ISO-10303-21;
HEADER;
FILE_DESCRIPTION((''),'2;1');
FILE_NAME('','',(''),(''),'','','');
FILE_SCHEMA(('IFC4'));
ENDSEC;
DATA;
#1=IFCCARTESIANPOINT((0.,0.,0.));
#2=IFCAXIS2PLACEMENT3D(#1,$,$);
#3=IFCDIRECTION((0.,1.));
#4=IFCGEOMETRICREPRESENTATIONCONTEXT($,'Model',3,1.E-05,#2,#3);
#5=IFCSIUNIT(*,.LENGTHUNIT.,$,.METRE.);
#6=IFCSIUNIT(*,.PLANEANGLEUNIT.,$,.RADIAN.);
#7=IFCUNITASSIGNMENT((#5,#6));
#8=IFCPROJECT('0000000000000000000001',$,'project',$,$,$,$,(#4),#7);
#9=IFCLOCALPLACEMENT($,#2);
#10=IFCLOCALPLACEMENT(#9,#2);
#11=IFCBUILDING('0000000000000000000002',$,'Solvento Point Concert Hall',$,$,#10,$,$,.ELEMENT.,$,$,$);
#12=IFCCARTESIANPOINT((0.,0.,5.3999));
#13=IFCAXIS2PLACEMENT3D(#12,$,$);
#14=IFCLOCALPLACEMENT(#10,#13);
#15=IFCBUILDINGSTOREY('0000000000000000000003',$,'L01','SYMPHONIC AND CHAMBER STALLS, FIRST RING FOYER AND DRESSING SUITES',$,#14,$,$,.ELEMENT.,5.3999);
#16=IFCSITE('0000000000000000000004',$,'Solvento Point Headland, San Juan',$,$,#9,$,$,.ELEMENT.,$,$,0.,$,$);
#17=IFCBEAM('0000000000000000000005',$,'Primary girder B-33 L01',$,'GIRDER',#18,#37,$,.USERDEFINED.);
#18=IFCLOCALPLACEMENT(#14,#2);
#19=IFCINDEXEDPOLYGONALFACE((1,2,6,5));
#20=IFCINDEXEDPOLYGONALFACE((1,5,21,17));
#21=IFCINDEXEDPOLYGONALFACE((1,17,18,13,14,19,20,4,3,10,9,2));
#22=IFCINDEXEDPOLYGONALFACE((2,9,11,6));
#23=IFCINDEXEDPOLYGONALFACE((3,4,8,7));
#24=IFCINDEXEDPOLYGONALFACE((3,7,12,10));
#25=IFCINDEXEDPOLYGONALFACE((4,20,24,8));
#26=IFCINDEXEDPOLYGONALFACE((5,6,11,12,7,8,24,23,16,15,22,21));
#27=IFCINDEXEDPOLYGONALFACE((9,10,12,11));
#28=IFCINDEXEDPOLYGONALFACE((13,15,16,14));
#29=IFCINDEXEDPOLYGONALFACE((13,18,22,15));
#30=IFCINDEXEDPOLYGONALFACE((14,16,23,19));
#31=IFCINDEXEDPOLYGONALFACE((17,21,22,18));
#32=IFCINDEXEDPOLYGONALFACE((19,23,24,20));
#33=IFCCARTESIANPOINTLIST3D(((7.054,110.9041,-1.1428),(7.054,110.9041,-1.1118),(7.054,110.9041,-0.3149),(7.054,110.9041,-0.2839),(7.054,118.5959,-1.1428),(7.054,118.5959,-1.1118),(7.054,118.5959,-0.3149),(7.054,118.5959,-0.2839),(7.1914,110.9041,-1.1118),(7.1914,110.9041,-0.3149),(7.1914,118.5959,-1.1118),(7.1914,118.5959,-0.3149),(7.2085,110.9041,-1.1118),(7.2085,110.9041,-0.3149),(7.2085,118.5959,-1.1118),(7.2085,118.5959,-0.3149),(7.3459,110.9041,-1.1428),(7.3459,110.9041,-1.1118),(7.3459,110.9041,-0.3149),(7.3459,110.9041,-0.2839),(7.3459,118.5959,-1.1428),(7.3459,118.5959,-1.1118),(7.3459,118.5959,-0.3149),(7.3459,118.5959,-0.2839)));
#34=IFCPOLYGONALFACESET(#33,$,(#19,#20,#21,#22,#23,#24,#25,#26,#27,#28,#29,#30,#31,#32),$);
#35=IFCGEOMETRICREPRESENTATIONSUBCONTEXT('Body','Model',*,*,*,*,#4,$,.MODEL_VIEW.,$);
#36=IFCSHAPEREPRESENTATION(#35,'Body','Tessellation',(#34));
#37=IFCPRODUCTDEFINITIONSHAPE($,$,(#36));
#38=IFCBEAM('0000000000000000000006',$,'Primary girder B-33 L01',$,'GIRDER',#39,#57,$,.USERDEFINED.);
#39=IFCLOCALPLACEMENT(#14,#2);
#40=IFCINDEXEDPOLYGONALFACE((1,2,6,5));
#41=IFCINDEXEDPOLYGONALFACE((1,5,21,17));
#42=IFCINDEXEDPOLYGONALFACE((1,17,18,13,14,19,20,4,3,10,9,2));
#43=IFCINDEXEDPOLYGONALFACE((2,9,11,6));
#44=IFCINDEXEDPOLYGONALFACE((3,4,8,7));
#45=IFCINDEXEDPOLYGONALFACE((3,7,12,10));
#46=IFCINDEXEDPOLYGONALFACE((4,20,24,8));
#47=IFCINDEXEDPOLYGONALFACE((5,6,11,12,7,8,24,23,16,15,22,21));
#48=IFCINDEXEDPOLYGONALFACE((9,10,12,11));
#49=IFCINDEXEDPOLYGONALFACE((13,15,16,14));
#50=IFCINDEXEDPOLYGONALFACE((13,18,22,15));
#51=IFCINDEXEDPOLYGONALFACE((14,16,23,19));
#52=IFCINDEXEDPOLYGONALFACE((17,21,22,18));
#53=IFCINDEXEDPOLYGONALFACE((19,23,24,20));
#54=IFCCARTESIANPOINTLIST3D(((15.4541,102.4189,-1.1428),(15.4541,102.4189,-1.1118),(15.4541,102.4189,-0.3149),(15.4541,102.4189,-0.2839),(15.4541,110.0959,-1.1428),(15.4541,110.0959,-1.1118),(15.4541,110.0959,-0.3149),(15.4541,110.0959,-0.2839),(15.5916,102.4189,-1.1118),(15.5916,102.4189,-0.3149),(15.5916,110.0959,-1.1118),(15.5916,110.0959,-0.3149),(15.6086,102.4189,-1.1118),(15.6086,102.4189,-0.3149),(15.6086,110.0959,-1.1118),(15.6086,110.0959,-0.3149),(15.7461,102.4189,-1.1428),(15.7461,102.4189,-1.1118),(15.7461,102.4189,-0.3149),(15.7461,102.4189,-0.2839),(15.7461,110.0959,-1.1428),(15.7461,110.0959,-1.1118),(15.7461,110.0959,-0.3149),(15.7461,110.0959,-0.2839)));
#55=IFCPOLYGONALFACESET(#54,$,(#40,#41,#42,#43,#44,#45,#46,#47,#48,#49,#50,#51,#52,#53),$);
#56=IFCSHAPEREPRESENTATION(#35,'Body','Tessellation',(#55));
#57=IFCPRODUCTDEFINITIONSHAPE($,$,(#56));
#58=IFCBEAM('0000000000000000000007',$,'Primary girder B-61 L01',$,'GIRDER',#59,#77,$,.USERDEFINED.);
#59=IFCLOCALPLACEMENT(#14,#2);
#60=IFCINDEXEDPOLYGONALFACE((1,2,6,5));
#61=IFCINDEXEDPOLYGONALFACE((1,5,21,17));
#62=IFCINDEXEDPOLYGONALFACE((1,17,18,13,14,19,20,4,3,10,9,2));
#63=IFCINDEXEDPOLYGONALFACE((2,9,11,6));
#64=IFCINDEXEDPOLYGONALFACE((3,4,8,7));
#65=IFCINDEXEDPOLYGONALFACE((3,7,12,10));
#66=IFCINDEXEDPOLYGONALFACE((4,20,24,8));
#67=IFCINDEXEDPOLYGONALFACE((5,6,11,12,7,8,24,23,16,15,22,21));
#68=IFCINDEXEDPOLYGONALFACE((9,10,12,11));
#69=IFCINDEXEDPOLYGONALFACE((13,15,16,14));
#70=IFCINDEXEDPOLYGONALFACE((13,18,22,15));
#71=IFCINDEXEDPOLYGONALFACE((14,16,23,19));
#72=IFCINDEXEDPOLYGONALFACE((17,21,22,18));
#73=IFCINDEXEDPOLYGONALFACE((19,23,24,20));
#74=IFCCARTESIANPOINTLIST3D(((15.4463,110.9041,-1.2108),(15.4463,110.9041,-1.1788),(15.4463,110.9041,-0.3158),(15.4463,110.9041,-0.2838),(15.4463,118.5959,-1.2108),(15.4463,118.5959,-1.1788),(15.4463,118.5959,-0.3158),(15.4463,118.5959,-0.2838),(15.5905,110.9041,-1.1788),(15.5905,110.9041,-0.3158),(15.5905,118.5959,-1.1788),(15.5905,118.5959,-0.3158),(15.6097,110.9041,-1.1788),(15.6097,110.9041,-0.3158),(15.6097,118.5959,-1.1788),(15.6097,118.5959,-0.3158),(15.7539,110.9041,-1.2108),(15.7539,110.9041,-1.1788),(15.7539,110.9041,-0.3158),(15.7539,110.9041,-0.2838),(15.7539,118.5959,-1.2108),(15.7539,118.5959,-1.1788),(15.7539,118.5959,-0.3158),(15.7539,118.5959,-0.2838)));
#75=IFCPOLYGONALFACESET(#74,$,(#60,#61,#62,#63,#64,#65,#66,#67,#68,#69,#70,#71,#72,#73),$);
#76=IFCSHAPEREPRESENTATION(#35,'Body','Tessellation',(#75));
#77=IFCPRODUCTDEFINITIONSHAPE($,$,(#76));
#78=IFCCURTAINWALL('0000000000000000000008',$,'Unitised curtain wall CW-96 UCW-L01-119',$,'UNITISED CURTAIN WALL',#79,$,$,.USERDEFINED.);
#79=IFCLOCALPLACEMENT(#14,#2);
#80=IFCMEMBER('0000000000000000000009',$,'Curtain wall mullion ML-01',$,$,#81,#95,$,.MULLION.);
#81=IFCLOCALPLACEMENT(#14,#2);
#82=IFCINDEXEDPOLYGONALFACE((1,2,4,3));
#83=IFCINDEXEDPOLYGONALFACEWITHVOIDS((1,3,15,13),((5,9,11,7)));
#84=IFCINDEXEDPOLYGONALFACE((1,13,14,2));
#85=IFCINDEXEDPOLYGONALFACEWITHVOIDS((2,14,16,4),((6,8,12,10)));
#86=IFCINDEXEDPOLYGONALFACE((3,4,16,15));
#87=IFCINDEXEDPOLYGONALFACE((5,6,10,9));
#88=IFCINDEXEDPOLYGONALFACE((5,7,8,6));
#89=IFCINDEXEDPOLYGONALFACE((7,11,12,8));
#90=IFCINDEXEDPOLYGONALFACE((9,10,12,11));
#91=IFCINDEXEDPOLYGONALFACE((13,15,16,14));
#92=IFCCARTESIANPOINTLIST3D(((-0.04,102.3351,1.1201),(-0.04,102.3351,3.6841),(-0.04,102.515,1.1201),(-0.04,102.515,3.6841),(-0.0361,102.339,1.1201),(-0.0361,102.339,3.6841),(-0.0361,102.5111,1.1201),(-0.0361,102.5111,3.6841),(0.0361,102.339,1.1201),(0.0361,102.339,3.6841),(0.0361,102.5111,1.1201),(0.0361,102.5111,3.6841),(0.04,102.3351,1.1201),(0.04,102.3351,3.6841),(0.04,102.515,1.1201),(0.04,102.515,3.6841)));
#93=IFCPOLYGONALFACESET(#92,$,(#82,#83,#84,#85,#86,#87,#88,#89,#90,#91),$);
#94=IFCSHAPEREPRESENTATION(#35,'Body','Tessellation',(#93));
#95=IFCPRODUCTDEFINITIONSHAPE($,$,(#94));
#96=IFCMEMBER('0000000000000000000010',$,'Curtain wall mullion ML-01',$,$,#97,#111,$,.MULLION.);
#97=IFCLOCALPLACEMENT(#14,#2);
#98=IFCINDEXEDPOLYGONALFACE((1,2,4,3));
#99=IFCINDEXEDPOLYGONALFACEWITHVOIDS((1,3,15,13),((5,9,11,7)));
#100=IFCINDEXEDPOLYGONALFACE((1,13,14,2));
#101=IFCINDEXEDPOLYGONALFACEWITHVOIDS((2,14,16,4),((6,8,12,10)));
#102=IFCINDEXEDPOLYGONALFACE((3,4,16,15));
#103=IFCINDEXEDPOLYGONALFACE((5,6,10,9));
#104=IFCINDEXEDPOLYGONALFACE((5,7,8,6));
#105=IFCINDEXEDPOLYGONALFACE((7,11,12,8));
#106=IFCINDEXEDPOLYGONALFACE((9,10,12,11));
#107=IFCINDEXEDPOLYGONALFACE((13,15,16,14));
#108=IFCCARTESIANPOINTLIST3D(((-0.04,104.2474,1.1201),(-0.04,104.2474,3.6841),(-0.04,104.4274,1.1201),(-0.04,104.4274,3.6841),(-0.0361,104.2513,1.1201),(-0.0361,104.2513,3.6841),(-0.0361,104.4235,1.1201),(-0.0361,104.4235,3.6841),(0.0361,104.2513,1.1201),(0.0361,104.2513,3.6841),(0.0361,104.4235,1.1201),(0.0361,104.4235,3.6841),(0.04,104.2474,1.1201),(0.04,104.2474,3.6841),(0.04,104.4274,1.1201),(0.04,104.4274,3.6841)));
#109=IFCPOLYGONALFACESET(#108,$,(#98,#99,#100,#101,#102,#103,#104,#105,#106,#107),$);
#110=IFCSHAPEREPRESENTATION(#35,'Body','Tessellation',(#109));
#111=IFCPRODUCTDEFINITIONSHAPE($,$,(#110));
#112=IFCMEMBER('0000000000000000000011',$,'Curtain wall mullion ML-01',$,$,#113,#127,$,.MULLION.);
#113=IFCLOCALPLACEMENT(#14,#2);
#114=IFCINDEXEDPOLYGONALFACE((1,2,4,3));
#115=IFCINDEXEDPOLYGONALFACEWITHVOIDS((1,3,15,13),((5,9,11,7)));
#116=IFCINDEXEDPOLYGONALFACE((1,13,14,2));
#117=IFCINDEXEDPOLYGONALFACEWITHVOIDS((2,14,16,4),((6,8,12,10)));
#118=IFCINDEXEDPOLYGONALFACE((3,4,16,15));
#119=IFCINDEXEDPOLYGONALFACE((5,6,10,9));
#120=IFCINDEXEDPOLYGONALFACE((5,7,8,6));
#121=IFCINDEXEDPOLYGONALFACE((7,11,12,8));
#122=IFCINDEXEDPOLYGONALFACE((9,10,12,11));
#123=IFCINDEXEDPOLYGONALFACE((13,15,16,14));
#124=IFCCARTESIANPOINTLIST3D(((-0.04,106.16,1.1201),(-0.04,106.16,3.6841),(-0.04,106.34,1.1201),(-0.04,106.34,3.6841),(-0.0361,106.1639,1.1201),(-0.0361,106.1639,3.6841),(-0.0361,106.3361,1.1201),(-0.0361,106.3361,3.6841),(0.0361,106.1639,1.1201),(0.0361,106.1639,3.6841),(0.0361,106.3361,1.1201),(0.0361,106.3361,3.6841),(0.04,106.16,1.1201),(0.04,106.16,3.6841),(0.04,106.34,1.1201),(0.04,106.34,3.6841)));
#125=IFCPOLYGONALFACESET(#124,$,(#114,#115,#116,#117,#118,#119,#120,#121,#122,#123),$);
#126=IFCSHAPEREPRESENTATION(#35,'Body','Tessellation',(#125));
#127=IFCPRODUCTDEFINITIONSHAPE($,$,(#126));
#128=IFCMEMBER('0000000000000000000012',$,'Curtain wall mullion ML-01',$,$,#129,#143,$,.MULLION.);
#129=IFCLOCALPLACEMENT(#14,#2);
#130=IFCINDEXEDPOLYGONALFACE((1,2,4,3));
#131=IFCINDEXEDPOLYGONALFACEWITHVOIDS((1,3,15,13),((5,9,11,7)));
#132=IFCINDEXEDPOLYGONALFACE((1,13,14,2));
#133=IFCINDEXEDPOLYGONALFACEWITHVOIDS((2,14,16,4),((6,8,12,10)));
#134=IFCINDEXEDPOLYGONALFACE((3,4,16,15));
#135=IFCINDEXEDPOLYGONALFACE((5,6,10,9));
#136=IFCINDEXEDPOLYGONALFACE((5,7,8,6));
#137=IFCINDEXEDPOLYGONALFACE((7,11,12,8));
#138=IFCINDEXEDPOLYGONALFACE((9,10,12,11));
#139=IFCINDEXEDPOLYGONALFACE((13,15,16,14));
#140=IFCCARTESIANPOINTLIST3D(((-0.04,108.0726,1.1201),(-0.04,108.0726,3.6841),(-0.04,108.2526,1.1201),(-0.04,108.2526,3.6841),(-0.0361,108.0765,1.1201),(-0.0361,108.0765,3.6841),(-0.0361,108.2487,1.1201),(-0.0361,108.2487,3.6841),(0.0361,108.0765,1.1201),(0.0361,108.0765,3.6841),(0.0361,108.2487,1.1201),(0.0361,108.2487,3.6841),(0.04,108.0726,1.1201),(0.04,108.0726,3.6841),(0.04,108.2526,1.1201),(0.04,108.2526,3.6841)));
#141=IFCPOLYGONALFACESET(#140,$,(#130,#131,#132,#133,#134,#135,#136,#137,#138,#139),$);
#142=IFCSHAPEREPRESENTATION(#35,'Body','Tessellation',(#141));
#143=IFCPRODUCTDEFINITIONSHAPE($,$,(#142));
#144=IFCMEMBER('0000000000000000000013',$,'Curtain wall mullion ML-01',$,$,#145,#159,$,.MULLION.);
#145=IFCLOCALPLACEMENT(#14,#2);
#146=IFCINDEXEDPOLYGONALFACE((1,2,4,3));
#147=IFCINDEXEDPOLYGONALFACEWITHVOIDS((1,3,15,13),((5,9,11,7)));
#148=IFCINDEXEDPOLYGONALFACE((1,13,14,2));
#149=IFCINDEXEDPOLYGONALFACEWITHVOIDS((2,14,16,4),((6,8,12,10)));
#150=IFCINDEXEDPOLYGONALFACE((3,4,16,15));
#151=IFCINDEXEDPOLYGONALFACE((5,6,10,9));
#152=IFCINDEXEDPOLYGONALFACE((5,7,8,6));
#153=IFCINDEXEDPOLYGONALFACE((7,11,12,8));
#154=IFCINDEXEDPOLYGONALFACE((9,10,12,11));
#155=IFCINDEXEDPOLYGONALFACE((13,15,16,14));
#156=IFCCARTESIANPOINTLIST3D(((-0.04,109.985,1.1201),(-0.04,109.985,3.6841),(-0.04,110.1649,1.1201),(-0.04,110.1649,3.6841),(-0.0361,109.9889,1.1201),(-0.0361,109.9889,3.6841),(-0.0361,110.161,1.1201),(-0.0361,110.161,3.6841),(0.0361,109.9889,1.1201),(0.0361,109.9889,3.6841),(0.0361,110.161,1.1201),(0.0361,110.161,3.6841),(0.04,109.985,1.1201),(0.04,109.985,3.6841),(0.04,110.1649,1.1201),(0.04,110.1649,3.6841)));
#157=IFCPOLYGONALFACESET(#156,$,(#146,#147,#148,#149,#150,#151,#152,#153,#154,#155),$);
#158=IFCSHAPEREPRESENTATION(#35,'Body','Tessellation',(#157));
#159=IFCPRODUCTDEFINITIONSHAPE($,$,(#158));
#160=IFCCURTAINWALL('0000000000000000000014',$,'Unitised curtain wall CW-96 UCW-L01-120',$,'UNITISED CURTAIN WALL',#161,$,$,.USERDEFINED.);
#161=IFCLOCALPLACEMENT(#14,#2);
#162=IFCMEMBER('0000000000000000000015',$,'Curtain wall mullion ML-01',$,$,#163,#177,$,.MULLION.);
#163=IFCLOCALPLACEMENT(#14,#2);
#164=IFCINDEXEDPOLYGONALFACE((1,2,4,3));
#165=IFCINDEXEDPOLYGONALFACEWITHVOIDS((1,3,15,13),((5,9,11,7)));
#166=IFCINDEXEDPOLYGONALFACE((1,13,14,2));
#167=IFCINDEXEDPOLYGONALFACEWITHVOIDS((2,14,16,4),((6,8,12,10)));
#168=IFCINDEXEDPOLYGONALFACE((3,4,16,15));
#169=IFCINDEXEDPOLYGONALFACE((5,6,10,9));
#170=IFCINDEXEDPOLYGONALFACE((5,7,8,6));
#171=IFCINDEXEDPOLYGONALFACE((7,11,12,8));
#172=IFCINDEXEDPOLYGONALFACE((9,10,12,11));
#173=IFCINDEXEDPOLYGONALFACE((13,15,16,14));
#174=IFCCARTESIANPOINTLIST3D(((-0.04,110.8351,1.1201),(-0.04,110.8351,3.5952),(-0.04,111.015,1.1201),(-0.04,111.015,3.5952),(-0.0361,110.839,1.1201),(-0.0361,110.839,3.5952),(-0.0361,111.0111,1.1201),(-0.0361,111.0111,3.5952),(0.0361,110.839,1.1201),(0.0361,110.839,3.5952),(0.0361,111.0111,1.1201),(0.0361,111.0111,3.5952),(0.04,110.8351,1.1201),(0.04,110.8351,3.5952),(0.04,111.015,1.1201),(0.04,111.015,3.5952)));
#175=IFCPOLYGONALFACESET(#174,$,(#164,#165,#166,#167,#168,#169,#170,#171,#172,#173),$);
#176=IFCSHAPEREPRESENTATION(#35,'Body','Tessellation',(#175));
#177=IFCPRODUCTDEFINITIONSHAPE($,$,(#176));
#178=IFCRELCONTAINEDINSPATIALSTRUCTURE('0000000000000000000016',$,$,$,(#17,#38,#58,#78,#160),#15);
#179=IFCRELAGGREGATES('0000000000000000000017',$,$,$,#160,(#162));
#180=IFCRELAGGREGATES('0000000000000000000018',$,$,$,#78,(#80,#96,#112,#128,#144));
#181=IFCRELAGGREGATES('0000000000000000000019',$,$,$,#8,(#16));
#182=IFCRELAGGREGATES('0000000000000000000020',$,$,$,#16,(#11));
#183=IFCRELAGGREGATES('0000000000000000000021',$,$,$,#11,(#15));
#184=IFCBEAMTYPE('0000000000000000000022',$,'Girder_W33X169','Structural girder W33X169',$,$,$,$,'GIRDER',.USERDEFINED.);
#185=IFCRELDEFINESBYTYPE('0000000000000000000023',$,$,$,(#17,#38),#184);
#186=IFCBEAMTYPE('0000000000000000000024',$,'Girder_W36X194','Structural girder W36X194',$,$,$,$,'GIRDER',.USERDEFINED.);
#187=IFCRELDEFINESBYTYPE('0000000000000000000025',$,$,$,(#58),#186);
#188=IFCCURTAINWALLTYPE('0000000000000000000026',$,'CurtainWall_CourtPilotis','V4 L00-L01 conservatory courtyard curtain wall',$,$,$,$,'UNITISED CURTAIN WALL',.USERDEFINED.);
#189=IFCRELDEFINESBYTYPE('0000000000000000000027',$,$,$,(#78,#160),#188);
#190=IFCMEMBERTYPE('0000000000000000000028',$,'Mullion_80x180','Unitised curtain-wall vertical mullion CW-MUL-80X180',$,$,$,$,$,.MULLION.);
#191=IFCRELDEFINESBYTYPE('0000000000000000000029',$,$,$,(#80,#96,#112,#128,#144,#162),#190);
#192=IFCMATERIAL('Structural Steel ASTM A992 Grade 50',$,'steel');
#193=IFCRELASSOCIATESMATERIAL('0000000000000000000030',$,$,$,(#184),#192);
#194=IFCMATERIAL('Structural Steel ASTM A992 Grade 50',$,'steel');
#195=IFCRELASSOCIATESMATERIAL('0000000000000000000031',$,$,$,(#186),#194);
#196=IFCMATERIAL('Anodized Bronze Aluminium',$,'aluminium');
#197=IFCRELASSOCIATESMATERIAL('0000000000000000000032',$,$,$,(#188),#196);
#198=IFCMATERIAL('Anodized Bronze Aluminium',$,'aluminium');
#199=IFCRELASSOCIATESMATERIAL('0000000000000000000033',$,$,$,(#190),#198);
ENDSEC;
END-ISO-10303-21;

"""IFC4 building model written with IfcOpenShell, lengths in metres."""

from ifc_helpers import new_model, si_unit, direction, frame, origin, origin_2d, place, context, subcontext, project, spatial, hollow_rectangle, i_section, extrude, material, material_profile, profile_set, type_object, element, aggregate, save


model = new_model("IFC4")

# Units and contexts
model_context = context("Model", 3, precision=1e-05, world=origin(), true_north=direction((0.0, 1.0)))
body_context = subcontext(model_context, "Body", "Model", "MODEL_VIEW")
ifc_project = project(units=[si_unit("LENGTHUNIT", "METRE"), si_unit("PLANEANGLEUNIT", "RADIAN")], contexts=[model_context])

# Site, building, storey
site_placement = place(None, origin())
site = spatial("IfcSite", under=ifc_project, at=site_placement, Name="Solvento Point Headland, San Juan", CompositionType="ELEMENT", RefElevation=0.0)
building_placement = place(site_placement, origin())
building = spatial("IfcBuilding", under=site, at=building_placement, Name="Solvento Point Concert Hall", CompositionType="ELEMENT")
storey_placement = place(building_placement, frame((0.0, 0.0, 5.3999)))
storey = spatial("IfcBuildingStorey", under=building, at=storey_placement, Name="L01", Description="SYMPHONIC AND CHAMBER STALLS, FIRST RING FOYER AND DRESSING SUITES", CompositionType="ELEMENT", Elevation=5.3999)

# Beams
ifc_material_1 = material(Name="Structural Steel ASTM A992 Grade 50", Category="steel")
ifc_material_profile_1 = material_profile(ifc_material_1, i_section(OverallWidth=0.292, OverallDepth=0.8589, WebThickness=0.0171, FlangeThickness=0.031, at=origin_2d()), Name="W33X169")
ifc_profile_set_1 = profile_set([ifc_material_profile_1], Name="Structural Steel ASTM A992 Grade 50")
beam_type_1 = type_object("IfcBeamType", Name="Girder_W33X169", Description="Structural girder W33X169", ElementType="GIRDER", PredefinedType="USERDEFINED", material=ifc_profile_set_1)
beam_1_placement = place(storey_placement, frame((7.2, 110.9041, -0.7134), z_axis=(0.0, 1.0, 0.0), x_axis=(-1.0, 0.0, 0.0)))
element("IfcBeam", 1, at=beam_1_placement, inside=storey, type_object=beam_type_1, Name="Primary girder B-33 L01", ObjectType="GIRDER", PredefinedType="USERDEFINED", context=body_context, shape_type="SweptSolid", body=[
    extrude(i_section(OverallWidth=0.292, OverallDepth=0.8589, WebThickness=0.0171, FlangeThickness=0.031, at=origin_2d()), origin(), (0.0, 0.0, 1.0), 7.6919),
])
beam_2_placement = place(storey_placement, frame((15.6001, 102.4189, -0.7134), z_axis=(0.0, 1.0, 0.0), x_axis=(-1.0, 0.0, 0.0)))
element("IfcBeam", 2, at=beam_2_placement, inside=storey, type_object=beam_type_1, Name="Primary girder B-33 L01", ObjectType="GIRDER", PredefinedType="USERDEFINED", context=body_context, shape_type="SweptSolid", body=[
    extrude(i_section(OverallWidth=0.292, OverallDepth=0.8589, WebThickness=0.0171, FlangeThickness=0.031, at=origin_2d()), origin(), (0.0, 0.0, 1.0), 7.677),
])
ifc_material_2 = material(Name="Structural Steel ASTM A992 Grade 50", Category="steel")
ifc_material_profile_2 = material_profile(ifc_material_2, i_section(OverallWidth=0.3076, OverallDepth=0.927, WebThickness=0.0193, FlangeThickness=0.032, at=origin_2d()), Name="W36X194")
ifc_profile_set_2 = profile_set([ifc_material_profile_2], Name="Structural Steel ASTM A992 Grade 50")
beam_type_2 = type_object("IfcBeamType", Name="Girder_W36X194", Description="Structural girder W36X194", ElementType="GIRDER", PredefinedType="USERDEFINED", material=ifc_profile_set_2)
beam_3_placement = place(storey_placement, frame((15.6001, 110.9041, -0.7473), z_axis=(0.0, 1.0, 0.0), x_axis=(-1.0, 0.0, 0.0)))
element("IfcBeam", 3, at=beam_3_placement, inside=storey, type_object=beam_type_2, Name="Primary girder B-61 L01", ObjectType="GIRDER", PredefinedType="USERDEFINED", context=body_context, shape_type="SweptSolid", body=[
    extrude(i_section(OverallWidth=0.3076, OverallDepth=0.927, WebThickness=0.0193, FlangeThickness=0.032, at=origin_2d()), origin(), (0.0, 0.0, 1.0), 7.6919),
])

# Curtain wall, members
ifc_material_3 = material(Name="Anodized Bronze Aluminium", Category="aluminium")
curtain_wall_type = type_object("IfcCurtainWallType", Name="CurtainWall_CourtPilotis", Description="V4 L00-L01 conservatory courtyard curtain wall", ElementType="UNITISED CURTAIN WALL", PredefinedType="USERDEFINED", material=ifc_material_3)
curtain_wall_1_placement = place(storey_placement, origin())
curtain_wall_1 = element("IfcCurtainWall", 4, at=curtain_wall_1_placement, inside=storey, type_object=curtain_wall_type, Name="Unitised curtain wall CW-96 UCW-L01-119", ObjectType="UNITISED CURTAIN WALL", PredefinedType="USERDEFINED")
ifc_material_4 = material(Name="Anodized Bronze Aluminium", Category="aluminium")
ifc_material_profile_3 = material_profile(ifc_material_4, hollow_rectangle(XDim=0.0801, YDim=0.1799, WallThickness=0.0039, at=origin_2d()), Name="CW-MUL-80X180")
ifc_profile_set_3 = profile_set([ifc_material_profile_3], Name="Anodized Bronze Aluminium")
member_type_1 = type_object("IfcMemberType", Name="Mullion_80x180", Description="Unitised curtain-wall vertical mullion CW-MUL-80X180", PredefinedType="MULLION", material=ifc_profile_set_3)
member_1_placement = place(storey_placement, frame((0.0, 102.425, 1.1201), z_axis=(0.0, 0.0, 1.0), x_axis=(1.0, 0.0, 0.0)))
member_1 = element("IfcMember", 5, at=member_1_placement, type_object=member_type_1, Name="Curtain wall mullion ML-01", PredefinedType="MULLION", context=body_context, shape_type="SweptSolid", body=[
    extrude(hollow_rectangle(XDim=0.0801, YDim=0.1799, WallThickness=0.0039, at=origin_2d()), origin(), (0.0, 0.0, 1.0), 2.564),
])
member_2_placement = place(storey_placement, frame((0.0, 104.3374, 1.1201), z_axis=(0.0, 0.0, 1.0), x_axis=(1.0, 0.0, 0.0)))
member_2 = element("IfcMember", 6, at=member_2_placement, type_object=member_type_1, Name="Curtain wall mullion ML-01", PredefinedType="MULLION", context=body_context, shape_type="SweptSolid", body=[
    extrude(hollow_rectangle(XDim=0.0801, YDim=0.1799, WallThickness=0.0039, at=origin_2d()), origin(), (0.0, 0.0, 1.0), 2.564),
])
member_3_placement = place(storey_placement, frame((0.0, 106.25, 1.1201), z_axis=(0.0, 0.0, 1.0), x_axis=(1.0, 0.0, 0.0)))
member_3 = element("IfcMember", 7, at=member_3_placement, type_object=member_type_1, Name="Curtain wall mullion ML-01", PredefinedType="MULLION", context=body_context, shape_type="SweptSolid", body=[
    extrude(hollow_rectangle(XDim=0.0801, YDim=0.1799, WallThickness=0.0039, at=origin_2d()), origin(), (0.0, 0.0, 1.0), 2.564),
])
member_4_placement = place(storey_placement, frame((0.0, 108.1626, 1.1201), z_axis=(0.0, 0.0, 1.0), x_axis=(1.0, 0.0, 0.0)))
member_4 = element("IfcMember", 8, at=member_4_placement, type_object=member_type_1, Name="Curtain wall mullion ML-01", PredefinedType="MULLION", context=body_context, shape_type="SweptSolid", body=[
    extrude(hollow_rectangle(XDim=0.0801, YDim=0.1799, WallThickness=0.0039, at=origin_2d()), origin(), (0.0, 0.0, 1.0), 2.564),
])
member_5_placement = place(storey_placement, frame((0.0, 110.075, 1.1201), z_axis=(0.0, 0.0, 1.0), x_axis=(1.0, 0.0, 0.0)))
member_5 = element("IfcMember", 9, at=member_5_placement, type_object=member_type_1, Name="Curtain wall mullion ML-01", PredefinedType="MULLION", context=body_context, shape_type="SweptSolid", body=[
    extrude(hollow_rectangle(XDim=0.0801, YDim=0.1799, WallThickness=0.0039, at=origin_2d()), origin(), (0.0, 0.0, 1.0), 2.564),
])

# Curtain wall, member
curtain_wall_2_placement = place(storey_placement, origin())
curtain_wall_2 = element("IfcCurtainWall", 10, at=curtain_wall_2_placement, inside=storey, type_object=curtain_wall_type, Name="Unitised curtain wall CW-96 UCW-L01-120", ObjectType="UNITISED CURTAIN WALL", PredefinedType="USERDEFINED")
member_6_placement = place(storey_placement, frame((0.0, 110.925, 1.1201), z_axis=(0.0, 0.0, 1.0), x_axis=(1.0, 0.0, 0.0)))
member_6 = element("IfcMember", 11, at=member_6_placement, type_object=member_type_1, Name="Curtain wall mullion ML-01", PredefinedType="MULLION", context=body_context, shape_type="SweptSolid", body=[
    extrude(hollow_rectangle(XDim=0.0801, YDim=0.1799, WallThickness=0.0039, at=origin_2d()), origin(), (0.0, 0.0, 1.0), 2.4751),
])

aggregate(curtain_wall_2, [member_6])

aggregate(curtain_wall_1, [member_1, member_2, member_3, member_4, member_5])

save(model, "model.ifc")
